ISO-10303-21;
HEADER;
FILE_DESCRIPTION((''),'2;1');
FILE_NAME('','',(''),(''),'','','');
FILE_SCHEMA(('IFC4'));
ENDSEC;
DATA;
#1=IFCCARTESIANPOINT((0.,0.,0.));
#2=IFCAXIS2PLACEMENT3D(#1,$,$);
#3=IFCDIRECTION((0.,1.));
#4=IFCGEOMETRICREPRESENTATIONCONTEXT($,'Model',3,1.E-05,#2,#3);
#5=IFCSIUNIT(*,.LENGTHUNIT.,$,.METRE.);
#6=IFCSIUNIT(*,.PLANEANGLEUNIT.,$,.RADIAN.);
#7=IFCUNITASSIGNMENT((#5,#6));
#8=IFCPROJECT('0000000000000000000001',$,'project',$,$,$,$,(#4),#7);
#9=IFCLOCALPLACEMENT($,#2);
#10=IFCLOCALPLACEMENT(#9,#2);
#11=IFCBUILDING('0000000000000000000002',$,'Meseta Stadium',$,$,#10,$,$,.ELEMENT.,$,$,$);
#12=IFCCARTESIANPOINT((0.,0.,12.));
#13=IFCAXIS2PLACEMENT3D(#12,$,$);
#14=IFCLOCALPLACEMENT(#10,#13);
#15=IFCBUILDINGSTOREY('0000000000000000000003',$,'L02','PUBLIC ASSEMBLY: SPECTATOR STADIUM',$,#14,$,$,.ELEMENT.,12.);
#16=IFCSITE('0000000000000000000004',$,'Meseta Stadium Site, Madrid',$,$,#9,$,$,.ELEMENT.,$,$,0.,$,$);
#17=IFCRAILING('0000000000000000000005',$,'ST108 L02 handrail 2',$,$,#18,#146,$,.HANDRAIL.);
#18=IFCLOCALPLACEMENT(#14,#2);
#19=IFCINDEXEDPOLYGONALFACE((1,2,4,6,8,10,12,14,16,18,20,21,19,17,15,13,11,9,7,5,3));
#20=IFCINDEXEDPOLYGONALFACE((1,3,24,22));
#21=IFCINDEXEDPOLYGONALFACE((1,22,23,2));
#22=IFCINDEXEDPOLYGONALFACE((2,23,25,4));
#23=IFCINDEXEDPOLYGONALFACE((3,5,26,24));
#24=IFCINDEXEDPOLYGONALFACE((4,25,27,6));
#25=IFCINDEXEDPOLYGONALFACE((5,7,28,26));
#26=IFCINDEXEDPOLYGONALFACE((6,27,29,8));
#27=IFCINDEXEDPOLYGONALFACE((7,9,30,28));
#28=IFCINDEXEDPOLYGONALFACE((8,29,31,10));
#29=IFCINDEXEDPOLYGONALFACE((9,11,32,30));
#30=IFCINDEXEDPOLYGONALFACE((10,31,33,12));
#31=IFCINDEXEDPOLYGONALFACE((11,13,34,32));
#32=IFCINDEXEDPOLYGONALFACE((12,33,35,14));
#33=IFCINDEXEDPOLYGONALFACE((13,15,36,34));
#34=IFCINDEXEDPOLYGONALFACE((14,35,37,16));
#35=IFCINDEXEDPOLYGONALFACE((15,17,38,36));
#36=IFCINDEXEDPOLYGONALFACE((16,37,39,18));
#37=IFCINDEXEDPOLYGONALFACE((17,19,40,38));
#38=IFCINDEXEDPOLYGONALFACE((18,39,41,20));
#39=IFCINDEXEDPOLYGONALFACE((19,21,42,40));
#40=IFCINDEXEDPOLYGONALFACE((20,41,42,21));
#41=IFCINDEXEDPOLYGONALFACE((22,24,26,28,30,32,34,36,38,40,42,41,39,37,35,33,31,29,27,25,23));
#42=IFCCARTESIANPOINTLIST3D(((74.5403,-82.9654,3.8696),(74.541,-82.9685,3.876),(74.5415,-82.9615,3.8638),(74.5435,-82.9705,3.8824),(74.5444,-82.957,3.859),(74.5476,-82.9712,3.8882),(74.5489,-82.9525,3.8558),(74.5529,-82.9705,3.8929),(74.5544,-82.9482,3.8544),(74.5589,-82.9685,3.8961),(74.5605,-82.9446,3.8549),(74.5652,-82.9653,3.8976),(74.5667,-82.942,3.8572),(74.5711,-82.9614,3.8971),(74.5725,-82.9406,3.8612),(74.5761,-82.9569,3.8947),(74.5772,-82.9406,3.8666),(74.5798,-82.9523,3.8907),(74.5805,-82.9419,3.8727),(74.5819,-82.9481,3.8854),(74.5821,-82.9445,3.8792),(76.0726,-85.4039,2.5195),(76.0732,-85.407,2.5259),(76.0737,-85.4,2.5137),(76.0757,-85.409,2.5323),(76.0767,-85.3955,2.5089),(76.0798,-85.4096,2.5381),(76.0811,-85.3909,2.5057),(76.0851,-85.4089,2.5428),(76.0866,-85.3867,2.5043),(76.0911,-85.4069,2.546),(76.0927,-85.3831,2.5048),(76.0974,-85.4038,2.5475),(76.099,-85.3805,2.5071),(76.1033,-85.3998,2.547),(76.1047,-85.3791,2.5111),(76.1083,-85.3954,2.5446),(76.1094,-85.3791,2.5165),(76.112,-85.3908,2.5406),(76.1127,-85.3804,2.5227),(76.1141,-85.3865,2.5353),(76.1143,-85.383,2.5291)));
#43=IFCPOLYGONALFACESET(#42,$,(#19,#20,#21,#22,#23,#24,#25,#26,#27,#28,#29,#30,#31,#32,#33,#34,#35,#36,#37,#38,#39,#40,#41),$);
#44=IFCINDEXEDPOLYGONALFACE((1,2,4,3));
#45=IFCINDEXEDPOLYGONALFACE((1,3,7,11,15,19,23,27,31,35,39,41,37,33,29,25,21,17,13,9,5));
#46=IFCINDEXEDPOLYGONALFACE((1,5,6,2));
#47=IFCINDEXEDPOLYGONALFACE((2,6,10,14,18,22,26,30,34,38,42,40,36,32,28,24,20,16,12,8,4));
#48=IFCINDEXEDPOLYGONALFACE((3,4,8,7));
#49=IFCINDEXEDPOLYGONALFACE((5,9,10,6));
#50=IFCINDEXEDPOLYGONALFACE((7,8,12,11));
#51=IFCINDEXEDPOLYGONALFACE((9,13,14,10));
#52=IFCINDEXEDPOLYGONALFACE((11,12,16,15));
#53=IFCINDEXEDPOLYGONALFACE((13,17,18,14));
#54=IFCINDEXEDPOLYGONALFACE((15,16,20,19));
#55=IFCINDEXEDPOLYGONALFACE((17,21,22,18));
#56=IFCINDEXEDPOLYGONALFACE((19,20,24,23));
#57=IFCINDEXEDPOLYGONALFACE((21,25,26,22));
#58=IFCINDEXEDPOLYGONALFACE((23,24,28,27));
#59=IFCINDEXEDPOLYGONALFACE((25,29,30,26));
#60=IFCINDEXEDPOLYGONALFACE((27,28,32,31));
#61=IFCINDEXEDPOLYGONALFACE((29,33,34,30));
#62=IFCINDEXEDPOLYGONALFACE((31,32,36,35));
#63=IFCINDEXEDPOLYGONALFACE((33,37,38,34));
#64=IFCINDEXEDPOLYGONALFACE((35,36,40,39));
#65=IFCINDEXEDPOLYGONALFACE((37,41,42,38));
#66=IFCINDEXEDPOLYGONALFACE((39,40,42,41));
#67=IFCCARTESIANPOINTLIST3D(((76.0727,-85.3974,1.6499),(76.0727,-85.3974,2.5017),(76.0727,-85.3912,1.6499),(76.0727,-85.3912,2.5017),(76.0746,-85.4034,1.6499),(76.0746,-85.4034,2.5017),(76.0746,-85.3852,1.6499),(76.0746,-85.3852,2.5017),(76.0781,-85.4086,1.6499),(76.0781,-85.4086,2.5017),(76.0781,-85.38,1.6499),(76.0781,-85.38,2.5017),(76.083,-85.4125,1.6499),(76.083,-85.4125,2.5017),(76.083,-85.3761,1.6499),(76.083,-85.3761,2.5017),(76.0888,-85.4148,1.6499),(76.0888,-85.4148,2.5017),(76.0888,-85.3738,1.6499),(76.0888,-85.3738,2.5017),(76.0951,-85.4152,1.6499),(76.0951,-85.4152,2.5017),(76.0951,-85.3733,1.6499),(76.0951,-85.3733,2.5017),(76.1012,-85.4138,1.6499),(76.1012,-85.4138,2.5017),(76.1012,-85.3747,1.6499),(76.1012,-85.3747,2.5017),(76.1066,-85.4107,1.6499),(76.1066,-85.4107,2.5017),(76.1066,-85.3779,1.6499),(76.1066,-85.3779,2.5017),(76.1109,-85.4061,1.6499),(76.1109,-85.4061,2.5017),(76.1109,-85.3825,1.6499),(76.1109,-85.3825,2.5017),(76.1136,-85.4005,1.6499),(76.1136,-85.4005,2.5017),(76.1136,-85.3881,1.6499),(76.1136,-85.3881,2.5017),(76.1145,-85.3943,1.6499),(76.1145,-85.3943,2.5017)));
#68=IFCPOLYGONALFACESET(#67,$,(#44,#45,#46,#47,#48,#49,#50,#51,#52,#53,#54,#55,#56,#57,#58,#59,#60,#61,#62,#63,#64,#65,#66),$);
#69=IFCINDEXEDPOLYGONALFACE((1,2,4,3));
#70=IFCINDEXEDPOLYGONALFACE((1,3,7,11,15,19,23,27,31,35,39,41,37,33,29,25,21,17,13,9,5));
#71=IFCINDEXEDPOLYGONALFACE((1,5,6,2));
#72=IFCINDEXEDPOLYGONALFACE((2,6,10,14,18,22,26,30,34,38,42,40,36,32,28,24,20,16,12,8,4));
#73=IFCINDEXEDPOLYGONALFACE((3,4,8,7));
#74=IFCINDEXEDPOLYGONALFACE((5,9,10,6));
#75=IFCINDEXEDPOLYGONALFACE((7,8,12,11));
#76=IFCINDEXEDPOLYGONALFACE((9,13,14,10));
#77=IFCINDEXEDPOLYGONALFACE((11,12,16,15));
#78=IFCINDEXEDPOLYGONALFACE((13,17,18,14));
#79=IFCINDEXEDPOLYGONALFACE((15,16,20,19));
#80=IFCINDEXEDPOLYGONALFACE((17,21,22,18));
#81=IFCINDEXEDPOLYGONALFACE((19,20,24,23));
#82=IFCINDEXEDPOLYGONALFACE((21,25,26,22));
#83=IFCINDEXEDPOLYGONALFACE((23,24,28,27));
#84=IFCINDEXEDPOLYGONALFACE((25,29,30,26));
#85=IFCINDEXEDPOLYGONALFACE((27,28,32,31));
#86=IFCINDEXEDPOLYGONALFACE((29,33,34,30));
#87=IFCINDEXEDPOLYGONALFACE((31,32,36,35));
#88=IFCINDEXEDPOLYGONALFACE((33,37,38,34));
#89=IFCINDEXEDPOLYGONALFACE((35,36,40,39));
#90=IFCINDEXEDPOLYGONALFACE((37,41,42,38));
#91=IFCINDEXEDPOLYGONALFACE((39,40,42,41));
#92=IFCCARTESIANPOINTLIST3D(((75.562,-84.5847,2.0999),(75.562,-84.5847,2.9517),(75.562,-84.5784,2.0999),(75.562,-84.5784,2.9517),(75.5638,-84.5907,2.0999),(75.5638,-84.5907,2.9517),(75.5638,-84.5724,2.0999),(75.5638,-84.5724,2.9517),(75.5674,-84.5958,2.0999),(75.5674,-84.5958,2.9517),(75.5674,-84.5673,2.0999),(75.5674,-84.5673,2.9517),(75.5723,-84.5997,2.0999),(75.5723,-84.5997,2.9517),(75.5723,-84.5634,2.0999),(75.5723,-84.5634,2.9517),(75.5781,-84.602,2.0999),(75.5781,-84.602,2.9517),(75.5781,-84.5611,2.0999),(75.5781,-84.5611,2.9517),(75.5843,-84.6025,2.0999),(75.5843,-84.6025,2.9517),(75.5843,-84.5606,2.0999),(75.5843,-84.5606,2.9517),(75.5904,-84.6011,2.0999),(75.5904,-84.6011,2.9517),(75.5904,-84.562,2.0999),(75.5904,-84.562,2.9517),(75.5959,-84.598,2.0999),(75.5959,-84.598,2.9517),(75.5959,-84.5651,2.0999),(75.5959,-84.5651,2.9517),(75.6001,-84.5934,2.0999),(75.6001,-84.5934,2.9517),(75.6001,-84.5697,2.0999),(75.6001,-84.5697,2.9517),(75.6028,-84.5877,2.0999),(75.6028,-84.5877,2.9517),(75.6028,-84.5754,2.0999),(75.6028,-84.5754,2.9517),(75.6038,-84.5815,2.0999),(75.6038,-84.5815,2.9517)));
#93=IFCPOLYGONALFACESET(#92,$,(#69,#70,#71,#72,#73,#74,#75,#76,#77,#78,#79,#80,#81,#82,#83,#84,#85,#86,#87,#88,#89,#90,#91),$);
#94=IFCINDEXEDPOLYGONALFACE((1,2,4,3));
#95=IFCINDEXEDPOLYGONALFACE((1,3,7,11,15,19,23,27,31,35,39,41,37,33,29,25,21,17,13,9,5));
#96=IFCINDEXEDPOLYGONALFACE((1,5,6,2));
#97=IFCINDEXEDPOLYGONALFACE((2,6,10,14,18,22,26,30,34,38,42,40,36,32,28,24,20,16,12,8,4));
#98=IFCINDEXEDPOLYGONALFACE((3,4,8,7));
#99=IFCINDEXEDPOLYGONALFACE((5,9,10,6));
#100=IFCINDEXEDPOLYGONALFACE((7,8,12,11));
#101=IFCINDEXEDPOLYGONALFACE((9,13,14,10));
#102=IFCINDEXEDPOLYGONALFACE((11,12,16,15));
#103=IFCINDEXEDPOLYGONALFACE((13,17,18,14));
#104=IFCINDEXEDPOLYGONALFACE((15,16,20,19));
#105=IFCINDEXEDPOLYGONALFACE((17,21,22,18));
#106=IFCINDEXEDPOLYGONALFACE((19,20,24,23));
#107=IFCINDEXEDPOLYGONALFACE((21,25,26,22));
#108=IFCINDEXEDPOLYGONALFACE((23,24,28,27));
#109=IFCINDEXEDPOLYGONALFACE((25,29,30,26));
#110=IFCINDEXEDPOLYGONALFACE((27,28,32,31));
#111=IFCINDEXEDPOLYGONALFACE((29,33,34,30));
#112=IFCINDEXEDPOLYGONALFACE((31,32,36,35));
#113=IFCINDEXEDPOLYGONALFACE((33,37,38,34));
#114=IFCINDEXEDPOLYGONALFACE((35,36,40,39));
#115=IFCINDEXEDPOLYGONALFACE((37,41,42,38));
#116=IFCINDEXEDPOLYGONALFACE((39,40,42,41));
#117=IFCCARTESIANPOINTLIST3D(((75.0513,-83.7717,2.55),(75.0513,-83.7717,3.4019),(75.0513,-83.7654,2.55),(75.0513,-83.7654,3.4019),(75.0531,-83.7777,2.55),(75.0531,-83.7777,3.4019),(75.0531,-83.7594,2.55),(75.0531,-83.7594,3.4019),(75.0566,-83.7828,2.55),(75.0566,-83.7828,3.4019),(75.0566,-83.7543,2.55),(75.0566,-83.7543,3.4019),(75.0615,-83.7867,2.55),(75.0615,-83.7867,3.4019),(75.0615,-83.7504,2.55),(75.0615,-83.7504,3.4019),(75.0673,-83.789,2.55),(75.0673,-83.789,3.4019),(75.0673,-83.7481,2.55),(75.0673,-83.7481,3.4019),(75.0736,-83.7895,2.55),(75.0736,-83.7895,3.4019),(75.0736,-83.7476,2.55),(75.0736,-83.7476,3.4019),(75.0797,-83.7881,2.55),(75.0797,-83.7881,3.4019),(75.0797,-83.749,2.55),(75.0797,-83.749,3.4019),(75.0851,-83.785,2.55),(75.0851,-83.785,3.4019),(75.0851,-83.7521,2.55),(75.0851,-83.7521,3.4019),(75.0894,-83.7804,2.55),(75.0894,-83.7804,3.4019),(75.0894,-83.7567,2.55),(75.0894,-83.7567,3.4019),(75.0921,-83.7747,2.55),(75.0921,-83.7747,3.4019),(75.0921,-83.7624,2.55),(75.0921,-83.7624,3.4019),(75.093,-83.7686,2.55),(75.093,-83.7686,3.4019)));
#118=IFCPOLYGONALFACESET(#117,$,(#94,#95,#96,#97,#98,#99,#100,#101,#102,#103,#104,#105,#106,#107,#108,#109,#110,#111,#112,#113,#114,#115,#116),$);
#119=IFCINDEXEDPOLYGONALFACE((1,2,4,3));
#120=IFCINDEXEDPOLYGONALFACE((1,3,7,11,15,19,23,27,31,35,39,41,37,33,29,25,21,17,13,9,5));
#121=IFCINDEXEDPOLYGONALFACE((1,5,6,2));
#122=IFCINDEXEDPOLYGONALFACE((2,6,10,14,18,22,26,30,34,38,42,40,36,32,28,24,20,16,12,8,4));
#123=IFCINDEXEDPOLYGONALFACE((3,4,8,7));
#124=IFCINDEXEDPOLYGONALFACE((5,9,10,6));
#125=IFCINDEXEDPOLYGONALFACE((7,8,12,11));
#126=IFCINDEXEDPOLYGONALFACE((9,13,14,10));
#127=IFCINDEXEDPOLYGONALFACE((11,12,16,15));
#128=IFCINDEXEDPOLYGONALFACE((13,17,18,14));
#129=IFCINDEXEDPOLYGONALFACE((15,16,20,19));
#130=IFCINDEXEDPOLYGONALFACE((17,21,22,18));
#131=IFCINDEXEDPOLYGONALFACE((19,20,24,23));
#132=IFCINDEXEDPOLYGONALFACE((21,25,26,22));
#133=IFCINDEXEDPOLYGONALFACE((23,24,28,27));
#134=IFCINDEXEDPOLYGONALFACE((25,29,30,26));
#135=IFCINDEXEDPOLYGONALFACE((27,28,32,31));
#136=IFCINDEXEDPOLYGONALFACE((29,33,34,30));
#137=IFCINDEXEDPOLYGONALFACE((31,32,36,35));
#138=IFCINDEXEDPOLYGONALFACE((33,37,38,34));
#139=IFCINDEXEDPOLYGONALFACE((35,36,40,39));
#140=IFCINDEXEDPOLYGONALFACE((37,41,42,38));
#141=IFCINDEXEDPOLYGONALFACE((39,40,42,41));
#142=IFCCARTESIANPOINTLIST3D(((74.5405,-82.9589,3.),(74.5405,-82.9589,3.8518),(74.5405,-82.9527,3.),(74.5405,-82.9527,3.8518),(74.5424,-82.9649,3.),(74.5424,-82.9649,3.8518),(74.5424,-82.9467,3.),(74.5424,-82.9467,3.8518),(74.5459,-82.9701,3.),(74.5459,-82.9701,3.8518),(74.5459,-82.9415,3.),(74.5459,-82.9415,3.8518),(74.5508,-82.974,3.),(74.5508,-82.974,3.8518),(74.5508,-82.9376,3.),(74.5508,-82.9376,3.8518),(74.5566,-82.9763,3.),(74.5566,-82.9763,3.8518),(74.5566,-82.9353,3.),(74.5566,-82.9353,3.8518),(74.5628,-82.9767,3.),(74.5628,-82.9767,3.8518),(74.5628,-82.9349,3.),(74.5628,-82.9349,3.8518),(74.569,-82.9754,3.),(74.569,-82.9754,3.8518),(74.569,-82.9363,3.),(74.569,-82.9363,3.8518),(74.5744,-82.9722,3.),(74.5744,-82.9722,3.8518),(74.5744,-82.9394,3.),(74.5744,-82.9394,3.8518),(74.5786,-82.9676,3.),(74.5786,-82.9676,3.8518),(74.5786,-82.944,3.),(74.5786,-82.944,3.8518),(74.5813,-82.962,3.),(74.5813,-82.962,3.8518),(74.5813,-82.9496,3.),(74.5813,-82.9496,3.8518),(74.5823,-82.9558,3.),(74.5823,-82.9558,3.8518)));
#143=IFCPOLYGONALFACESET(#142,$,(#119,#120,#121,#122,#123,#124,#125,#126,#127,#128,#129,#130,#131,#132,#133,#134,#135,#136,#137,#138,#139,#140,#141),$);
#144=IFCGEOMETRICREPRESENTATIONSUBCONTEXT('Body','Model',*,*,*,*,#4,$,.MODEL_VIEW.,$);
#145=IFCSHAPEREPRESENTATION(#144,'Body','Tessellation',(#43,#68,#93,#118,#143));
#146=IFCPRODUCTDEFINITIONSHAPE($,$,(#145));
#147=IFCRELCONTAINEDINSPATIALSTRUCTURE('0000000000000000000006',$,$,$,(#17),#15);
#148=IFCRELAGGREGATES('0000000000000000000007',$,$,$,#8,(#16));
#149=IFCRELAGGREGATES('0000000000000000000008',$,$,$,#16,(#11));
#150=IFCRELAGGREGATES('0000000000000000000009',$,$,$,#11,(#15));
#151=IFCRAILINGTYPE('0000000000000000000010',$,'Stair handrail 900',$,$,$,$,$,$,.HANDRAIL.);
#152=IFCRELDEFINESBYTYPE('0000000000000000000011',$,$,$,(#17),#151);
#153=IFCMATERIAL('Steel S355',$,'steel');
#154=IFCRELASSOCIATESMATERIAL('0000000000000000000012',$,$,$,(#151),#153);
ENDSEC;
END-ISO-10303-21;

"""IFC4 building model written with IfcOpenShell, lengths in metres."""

from ifc_helpers import new_model, si_unit, direction, frame, origin, origin_2d, place, context, subcontext, project, spatial, circle, extrude, material, type_object, element, save


model = new_model("IFC4")

# Units and contexts
model_context = context("Model", 3, precision=1e-05, world=origin(), true_north=direction((0.0, 1.0)))
body_context = subcontext(model_context, "Body", "Model", "MODEL_VIEW")
ifc_project = project(units=[si_unit("LENGTHUNIT", "METRE"), si_unit("PLANEANGLEUNIT", "RADIAN")], contexts=[model_context])

# Site, building, storey
site_placement = place(None, origin())
site = spatial("IfcSite", under=ifc_project, at=site_placement, Name="Meseta Stadium Site, Madrid", CompositionType="ELEMENT", RefElevation=0.0)
building_placement = place(site_placement, origin())
building = spatial("IfcBuilding", under=site, at=building_placement, Name="Meseta Stadium", CompositionType="ELEMENT")
storey_placement = place(building_placement, frame((0.0, 0.0, 12.0)))
storey = spatial("IfcBuildingStorey", under=building, at=storey_placement, Name="L02", Description="PUBLIC ASSEMBLY: SPECTATOR STADIUM", CompositionType="ELEMENT", Elevation=12.0)

# Railing
ifc_material_1 = material(Name="Steel S355", Category="steel")
railing_type_1 = type_object("IfcRailingType", Name="Stair handrail 900", PredefinedType="HANDRAIL", material=ifc_material_1)
for number, where, name in (
    (1, (76.0935, -85.3943, 1.6499), "ST108 L02 handrail 2"),
):
    element("IfcRailing", number, at=place(storey_placement, frame(where)), inside=storey, type_object=railing_type_1, Name=name, PredefinedType="HANDRAIL", context=body_context, shape_type="SweptSolid", body=[
        extrude(circle(Radius=0.0239, at=origin_2d()), frame((0.0, 0.0, 0.876), z_axis=(-0.481731, 0.766655, 0.42447), x_axis=(-0.846719, -0.53204, 0.0)), (0.0, 0.0, 1.0), 3.1807),
        extrude(circle(Radius=0.021, at=origin_2d()), origin(), (0.0, 0.0, 1.0), 0.8518),
        extrude(circle(Radius=0.021, at=origin_2d()), frame((-0.5107, 0.8127, 0.45)), (0.0, 0.0, 1.0), 0.8518),
        extrude(circle(Radius=0.021, at=origin_2d()), frame((-1.0215, 1.6257, 0.9001)), (0.0, 0.0, 1.0), 0.8518),
        extrude(circle(Radius=0.021, at=origin_2d()), frame((-1.5322, 2.4385, 1.3501)), (0.0, 0.0, 1.0), 0.8518),
    ])

save(model, "model.ifc")
